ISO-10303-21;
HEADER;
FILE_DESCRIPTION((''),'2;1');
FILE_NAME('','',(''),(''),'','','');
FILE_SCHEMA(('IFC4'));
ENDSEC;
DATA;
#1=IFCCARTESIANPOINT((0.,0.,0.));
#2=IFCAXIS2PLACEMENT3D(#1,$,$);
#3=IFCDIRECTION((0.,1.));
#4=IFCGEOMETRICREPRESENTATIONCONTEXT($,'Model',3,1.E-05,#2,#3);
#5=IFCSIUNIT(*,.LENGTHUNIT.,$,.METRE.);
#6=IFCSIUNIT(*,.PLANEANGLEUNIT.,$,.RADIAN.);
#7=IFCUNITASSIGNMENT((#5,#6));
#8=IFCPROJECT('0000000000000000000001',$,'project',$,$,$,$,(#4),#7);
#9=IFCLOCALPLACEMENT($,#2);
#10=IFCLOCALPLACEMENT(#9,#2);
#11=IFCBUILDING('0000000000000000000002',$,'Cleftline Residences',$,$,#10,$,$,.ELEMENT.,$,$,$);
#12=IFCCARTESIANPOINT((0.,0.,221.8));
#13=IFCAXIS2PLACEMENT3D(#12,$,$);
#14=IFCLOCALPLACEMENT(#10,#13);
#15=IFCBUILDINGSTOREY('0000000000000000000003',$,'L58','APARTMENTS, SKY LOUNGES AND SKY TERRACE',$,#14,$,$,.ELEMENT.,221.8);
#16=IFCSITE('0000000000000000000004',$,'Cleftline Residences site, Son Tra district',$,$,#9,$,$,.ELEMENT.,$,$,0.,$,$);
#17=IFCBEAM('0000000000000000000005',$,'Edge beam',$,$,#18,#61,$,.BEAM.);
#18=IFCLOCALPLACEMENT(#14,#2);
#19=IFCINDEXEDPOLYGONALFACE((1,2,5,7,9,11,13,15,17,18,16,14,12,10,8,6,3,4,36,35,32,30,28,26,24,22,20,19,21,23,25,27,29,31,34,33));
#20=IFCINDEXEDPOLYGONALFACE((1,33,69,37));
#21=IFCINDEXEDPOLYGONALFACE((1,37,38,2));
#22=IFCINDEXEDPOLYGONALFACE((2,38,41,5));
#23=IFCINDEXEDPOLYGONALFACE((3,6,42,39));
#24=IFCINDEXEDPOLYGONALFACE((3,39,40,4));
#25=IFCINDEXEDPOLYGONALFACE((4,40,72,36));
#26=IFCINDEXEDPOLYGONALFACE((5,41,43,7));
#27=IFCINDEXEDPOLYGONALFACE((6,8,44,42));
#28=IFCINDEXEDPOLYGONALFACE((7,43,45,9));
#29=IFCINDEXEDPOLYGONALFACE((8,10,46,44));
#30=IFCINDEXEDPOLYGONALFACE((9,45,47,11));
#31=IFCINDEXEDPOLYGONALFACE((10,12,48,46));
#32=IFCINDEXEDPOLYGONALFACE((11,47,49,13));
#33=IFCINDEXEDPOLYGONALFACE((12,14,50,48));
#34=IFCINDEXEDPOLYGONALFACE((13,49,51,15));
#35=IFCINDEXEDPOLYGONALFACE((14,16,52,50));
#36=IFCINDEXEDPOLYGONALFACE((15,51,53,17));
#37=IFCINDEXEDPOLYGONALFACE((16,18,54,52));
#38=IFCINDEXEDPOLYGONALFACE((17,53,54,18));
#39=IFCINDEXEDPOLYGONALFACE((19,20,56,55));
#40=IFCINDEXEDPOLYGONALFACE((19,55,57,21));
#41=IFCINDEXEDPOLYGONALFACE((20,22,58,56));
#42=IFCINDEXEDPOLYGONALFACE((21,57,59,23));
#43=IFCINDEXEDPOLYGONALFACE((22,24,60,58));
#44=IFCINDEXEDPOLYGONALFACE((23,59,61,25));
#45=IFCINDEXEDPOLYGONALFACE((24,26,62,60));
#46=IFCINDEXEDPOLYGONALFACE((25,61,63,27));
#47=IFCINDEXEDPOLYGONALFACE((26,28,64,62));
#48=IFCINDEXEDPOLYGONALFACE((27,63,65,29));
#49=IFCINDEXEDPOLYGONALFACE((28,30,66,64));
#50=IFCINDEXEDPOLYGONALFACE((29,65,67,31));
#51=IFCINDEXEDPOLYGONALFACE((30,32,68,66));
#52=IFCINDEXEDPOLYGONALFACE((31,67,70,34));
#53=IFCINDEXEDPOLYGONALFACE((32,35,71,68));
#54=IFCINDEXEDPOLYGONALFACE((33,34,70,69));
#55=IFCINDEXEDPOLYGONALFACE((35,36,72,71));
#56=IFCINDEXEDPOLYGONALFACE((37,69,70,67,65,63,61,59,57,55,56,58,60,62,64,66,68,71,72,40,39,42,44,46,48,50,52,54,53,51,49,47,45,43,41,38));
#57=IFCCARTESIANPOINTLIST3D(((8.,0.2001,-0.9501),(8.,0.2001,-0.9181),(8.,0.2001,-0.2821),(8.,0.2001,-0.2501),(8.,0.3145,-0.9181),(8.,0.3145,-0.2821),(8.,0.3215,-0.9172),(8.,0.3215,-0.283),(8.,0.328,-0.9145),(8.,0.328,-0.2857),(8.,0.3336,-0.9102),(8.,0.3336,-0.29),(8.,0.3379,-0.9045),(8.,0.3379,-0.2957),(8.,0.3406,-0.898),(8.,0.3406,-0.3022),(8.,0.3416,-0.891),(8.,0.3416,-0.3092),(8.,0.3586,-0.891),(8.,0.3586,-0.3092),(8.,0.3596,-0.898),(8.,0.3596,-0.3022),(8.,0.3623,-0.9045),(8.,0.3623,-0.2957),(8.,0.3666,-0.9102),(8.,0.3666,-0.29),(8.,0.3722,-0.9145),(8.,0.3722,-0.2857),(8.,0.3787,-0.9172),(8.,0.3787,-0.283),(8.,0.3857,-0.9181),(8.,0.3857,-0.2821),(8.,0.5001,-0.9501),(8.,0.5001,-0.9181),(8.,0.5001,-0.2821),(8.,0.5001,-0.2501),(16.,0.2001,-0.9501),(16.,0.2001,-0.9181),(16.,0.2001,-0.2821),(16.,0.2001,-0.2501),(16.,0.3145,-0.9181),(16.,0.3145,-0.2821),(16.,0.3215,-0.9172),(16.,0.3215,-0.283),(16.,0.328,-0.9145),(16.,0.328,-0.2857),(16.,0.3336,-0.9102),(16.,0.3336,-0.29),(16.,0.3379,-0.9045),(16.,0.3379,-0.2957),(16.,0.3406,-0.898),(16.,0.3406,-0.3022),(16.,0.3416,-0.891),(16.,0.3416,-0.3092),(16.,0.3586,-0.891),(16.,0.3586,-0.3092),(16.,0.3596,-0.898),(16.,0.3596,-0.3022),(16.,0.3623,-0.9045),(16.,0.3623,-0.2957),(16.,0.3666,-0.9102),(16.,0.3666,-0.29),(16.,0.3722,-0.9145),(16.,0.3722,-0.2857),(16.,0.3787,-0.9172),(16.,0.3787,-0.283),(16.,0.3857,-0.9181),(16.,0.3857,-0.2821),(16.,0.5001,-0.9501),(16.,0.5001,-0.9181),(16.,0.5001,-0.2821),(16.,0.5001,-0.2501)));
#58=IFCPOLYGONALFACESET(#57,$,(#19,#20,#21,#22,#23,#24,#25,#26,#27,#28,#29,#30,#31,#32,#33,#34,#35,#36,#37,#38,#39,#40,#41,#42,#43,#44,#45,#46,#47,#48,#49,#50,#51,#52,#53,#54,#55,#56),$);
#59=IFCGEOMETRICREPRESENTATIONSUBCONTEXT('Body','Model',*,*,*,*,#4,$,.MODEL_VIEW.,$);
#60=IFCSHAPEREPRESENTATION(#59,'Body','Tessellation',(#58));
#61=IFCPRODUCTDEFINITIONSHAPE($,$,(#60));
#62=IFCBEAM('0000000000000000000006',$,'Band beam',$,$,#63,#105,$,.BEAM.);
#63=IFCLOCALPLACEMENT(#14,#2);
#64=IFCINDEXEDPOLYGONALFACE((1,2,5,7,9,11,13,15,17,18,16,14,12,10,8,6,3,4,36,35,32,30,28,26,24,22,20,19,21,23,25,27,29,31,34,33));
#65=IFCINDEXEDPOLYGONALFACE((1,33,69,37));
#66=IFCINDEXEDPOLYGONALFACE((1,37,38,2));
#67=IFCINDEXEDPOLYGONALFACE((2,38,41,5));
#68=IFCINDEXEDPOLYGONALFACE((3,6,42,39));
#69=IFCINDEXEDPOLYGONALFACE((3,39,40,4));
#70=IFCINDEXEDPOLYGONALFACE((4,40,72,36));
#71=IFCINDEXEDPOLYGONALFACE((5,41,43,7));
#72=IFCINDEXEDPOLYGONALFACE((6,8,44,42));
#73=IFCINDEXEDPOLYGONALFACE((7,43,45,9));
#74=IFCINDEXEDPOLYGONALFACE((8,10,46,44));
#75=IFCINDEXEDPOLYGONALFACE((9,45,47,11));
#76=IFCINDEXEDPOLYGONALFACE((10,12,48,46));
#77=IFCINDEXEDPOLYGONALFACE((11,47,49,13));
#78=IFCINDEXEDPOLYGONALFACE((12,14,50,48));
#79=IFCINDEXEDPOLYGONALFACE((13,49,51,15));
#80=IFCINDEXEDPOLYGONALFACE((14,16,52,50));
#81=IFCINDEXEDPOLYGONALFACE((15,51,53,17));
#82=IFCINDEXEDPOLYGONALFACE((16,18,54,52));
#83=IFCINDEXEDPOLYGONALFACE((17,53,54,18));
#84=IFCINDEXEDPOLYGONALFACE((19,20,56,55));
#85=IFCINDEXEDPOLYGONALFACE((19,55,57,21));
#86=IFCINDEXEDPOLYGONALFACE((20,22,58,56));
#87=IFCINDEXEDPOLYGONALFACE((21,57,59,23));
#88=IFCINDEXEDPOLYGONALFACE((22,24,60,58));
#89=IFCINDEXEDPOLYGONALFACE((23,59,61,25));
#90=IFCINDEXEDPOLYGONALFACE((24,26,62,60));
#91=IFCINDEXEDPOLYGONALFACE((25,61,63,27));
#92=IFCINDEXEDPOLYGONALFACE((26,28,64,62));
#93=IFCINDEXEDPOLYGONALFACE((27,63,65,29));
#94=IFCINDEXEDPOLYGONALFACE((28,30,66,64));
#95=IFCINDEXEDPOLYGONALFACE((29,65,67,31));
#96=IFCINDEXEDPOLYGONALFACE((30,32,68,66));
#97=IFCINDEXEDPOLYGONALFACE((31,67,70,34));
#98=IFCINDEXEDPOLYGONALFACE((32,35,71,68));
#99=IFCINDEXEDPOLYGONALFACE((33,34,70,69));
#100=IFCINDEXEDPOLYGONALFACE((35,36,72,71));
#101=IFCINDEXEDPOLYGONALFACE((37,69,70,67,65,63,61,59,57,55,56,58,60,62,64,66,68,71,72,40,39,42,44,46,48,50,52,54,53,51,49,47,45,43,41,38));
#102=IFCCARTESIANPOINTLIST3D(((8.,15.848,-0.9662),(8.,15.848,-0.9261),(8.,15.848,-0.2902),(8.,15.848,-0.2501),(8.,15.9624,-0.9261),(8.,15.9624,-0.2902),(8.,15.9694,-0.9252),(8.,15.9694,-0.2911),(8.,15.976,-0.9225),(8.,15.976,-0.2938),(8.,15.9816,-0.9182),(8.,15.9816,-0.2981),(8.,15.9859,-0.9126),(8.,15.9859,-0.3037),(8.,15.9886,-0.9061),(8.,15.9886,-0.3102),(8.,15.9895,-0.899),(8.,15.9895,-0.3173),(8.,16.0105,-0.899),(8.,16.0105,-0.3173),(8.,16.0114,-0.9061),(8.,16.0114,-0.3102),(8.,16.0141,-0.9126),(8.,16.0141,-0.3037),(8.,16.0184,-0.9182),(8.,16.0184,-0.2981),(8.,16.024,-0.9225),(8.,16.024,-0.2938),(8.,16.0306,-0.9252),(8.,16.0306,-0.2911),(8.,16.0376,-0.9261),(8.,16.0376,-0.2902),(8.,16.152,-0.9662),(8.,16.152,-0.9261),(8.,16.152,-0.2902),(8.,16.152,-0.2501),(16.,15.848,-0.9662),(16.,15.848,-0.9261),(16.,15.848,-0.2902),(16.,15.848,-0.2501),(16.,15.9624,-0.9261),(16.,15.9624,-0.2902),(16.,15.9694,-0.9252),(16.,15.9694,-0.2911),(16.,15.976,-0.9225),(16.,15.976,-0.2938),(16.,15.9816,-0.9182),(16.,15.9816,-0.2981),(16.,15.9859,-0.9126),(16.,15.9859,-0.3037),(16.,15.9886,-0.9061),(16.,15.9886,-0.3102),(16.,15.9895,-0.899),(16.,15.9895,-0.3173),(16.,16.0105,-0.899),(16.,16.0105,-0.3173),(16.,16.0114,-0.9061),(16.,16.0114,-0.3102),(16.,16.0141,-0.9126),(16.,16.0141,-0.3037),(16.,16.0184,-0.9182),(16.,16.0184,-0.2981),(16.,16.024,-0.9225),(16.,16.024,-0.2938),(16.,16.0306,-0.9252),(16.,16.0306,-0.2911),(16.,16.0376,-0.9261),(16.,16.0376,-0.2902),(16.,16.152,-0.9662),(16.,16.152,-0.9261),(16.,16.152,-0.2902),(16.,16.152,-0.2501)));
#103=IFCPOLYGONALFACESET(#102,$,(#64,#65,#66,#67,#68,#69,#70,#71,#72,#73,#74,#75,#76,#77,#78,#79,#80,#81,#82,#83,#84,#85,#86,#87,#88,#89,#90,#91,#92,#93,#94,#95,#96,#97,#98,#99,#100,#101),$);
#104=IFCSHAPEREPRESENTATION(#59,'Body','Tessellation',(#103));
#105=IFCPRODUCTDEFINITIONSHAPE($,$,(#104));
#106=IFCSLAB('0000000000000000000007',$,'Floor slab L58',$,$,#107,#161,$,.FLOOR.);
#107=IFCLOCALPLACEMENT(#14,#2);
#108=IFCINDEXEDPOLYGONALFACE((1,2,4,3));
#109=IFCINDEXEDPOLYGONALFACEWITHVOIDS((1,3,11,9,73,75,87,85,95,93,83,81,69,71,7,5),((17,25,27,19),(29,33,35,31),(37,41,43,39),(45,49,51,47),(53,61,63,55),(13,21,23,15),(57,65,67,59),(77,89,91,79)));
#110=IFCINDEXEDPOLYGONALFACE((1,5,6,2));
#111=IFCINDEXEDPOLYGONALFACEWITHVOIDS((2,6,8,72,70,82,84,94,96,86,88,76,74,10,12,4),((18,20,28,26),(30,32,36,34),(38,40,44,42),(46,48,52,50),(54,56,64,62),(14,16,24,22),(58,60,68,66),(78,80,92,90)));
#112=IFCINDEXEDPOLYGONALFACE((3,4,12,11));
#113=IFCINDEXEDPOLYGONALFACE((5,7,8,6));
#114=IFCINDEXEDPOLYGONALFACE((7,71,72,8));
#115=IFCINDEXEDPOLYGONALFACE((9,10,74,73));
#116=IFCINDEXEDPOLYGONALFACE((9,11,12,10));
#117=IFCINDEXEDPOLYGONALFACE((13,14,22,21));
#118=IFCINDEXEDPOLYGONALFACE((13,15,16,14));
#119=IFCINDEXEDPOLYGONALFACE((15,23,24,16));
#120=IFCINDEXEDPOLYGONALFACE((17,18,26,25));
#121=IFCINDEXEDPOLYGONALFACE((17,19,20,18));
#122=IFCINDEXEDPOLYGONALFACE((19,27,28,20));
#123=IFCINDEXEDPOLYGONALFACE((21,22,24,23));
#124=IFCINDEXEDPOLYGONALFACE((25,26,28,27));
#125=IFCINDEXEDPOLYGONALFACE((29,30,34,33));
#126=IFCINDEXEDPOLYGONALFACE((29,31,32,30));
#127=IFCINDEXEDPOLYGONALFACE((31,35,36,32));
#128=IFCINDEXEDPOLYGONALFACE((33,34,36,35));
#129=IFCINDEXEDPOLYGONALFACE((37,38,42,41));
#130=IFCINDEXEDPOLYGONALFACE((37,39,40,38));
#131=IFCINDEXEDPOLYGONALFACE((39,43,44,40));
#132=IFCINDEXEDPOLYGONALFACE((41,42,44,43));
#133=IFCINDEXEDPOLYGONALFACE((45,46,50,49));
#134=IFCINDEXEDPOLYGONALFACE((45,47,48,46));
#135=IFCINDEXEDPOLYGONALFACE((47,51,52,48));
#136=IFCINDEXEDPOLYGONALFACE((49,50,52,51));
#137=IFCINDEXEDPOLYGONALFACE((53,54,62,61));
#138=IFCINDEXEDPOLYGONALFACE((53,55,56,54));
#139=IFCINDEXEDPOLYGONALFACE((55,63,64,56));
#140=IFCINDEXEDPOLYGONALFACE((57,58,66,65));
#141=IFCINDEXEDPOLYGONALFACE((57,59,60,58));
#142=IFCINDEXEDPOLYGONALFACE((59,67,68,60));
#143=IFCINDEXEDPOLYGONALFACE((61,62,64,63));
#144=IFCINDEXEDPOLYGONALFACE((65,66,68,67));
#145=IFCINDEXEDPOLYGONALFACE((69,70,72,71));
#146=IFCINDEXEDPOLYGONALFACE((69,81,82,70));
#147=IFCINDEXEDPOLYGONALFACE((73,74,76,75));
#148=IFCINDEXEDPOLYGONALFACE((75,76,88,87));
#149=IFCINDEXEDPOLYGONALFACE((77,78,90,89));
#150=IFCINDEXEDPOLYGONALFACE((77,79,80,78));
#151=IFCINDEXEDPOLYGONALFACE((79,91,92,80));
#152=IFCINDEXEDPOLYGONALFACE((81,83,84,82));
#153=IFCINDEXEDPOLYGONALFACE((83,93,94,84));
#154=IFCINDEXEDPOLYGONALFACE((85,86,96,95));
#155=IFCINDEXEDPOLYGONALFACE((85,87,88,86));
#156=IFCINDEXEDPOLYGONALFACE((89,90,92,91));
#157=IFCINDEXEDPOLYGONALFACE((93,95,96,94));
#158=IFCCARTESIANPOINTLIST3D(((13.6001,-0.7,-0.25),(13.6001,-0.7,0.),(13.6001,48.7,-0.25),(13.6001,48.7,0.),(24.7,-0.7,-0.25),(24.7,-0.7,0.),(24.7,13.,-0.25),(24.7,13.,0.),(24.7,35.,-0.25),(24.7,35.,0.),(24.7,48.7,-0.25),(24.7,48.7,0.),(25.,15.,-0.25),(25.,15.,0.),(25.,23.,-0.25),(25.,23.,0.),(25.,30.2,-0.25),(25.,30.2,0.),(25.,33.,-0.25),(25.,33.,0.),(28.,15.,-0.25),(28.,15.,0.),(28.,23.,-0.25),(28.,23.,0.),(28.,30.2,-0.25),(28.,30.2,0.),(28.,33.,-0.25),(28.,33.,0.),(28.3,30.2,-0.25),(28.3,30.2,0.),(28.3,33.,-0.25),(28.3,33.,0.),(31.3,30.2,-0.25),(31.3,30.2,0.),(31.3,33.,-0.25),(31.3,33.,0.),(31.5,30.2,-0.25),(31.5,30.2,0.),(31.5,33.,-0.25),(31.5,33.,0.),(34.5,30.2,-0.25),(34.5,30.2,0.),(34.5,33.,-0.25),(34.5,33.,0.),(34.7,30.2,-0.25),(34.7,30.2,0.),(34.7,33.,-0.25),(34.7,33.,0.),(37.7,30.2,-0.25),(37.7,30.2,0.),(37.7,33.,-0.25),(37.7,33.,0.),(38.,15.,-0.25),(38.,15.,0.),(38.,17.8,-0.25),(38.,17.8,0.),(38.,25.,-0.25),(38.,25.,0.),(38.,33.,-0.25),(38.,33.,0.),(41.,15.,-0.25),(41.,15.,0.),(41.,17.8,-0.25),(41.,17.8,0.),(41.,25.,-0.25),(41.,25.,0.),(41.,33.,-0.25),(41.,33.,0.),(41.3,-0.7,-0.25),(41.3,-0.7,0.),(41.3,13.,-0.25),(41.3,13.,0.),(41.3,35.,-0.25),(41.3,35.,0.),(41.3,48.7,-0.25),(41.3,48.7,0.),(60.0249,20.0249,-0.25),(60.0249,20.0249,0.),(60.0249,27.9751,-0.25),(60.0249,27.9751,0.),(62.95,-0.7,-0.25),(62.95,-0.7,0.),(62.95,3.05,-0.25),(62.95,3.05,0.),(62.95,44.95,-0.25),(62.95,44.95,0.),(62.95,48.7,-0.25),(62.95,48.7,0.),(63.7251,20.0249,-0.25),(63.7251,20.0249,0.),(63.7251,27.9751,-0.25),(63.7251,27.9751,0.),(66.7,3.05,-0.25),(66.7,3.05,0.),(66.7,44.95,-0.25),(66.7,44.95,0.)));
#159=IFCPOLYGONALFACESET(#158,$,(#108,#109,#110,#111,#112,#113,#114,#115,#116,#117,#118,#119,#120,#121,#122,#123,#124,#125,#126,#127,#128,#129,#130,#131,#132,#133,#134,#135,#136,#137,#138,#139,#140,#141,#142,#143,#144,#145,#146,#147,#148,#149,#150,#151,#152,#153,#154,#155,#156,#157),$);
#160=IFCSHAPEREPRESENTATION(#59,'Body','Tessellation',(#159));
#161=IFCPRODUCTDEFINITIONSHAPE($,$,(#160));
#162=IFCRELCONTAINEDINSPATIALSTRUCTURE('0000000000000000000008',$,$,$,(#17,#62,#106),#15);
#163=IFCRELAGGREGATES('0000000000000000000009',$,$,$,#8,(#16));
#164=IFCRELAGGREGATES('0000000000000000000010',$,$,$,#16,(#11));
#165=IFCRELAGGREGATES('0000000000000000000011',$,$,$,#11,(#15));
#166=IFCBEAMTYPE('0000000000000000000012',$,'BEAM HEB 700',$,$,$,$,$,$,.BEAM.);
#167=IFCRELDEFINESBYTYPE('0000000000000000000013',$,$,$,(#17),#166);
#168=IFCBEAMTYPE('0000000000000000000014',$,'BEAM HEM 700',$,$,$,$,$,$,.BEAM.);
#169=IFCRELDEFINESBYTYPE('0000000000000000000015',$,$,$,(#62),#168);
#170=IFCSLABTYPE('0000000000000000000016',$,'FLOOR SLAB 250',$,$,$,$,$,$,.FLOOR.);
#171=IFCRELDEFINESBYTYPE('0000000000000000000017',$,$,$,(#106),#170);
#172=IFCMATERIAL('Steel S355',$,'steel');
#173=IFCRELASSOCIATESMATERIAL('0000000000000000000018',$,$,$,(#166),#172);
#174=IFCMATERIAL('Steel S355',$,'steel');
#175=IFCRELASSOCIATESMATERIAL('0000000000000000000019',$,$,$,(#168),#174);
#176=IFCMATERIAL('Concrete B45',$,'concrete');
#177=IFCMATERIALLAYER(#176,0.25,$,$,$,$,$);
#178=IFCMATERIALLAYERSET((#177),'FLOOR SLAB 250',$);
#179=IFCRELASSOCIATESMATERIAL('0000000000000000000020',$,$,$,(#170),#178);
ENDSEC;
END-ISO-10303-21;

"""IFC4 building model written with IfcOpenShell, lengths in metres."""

from ifc_helpers import new_model, si_unit, direction, frame, origin, origin_2d, place, context, subcontext, project, spatial, polyline, i_section, outline, extrude, material, layer, layer_set, material_profile, profile_set, type_object, element, save


model = new_model("IFC4")

# Units and contexts
model_context = context("Model", 3, precision=1e-05, world=origin(), true_north=direction((0.0, 1.0)))
body_context = subcontext(model_context, "Body", "Model", "MODEL_VIEW")
ifc_project = project(units=[si_unit("LENGTHUNIT", "METRE"), si_unit("PLANEANGLEUNIT", "RADIAN")], contexts=[model_context])

# Site, building, storey
site_placement = place(None, origin())
site = spatial("IfcSite", under=ifc_project, at=site_placement, Name="Cleftline Residences site, Son Tra district", CompositionType="ELEMENT", RefElevation=0.0)
building_placement = place(site_placement, origin())
building = spatial("IfcBuilding", under=site, at=building_placement, Name="Cleftline Residences", CompositionType="ELEMENT")
storey_placement = place(building_placement, frame((0.0, 0.0, 221.8)))
storey = spatial("IfcBuildingStorey", under=building, at=storey_placement, Name="L58", Description="APARTMENTS, SKY LOUNGES AND SKY TERRACE", CompositionType="ELEMENT", Elevation=221.8)

# Beams
ifc_material_1 = material(Name="Steel S355", Category="steel")
ifc_material_profile_1 = material_profile(ifc_material_1, i_section(OverallWidth=0.3, OverallDepth=0.7, WebThickness=0.0171, FlangeThickness=0.032, FilletRadius=0.0271, at=origin_2d()))
ifc_profile_set_1 = profile_set([ifc_material_profile_1], Name="Steel S355")
beam_type_1 = type_object("IfcBeamType", Name="BEAM HEB 700", PredefinedType="BEAM", material=ifc_profile_set_1)
beam_1_placement = place(storey_placement, frame((8.0, 0.3501, -0.6001), z_axis=(1.0, 0.0, 0.0), x_axis=(0.0, 1.0, 0.0)))
element("IfcBeam", 1, at=beam_1_placement, inside=storey, type_object=beam_type_1, Name="Edge beam", PredefinedType="BEAM", context=body_context, shape_type="SweptSolid", body=[
    extrude(i_section(OverallWidth=0.3, OverallDepth=0.7, WebThickness=0.0171, FlangeThickness=0.032, FilletRadius=0.0271, at=origin_2d()), origin(), (0.0, 0.0, 1.0), 8.0),
])
ifc_material_2 = material(Name="Steel S355", Category="steel")
ifc_material_profile_2 = material_profile(ifc_material_2, i_section(OverallWidth=0.304, OverallDepth=0.7161, WebThickness=0.021, FlangeThickness=0.04, FilletRadius=0.0271, at=origin_2d()))
ifc_profile_set_2 = profile_set([ifc_material_profile_2], Name="Steel S355")
beam_type_2 = type_object("IfcBeamType", Name="BEAM HEM 700", PredefinedType="BEAM", material=ifc_profile_set_2)
beam_2_placement = place(storey_placement, frame((8.0, 16.0, -0.6082), z_axis=(1.0, 0.0, 0.0), x_axis=(0.0, 1.0, 0.0)))
element("IfcBeam", 2, at=beam_2_placement, inside=storey, type_object=beam_type_2, Name="Band beam", PredefinedType="BEAM", context=body_context, shape_type="SweptSolid", body=[
    extrude(i_section(OverallWidth=0.304, OverallDepth=0.7161, WebThickness=0.021, FlangeThickness=0.04, FilletRadius=0.0271, at=origin_2d()), origin(), (0.0, 0.0, 1.0), 8.0),
])

# Slab
ifc_material_3 = material(Name="Concrete B45", Category="concrete")
ifc_layer_1 = layer(ifc_material_3, 0.25)
ifc_layer_set_1 = layer_set([ifc_layer_1], Name="FLOOR SLAB 250")
slab_type_1 = type_object("IfcSlabType", Name="FLOOR SLAB 250", PredefinedType="FLOOR", material=ifc_layer_set_1)
slab_1_placement = place(storey_placement, frame((0.0, 0.0, -0.25)))
element("IfcSlab", 3, at=slab_1_placement, inside=storey, type_object=slab_type_1, Name="Floor slab L58", PredefinedType="FLOOR", context=body_context, shape_type="SweptSolid", body=[
    extrude(outline(polyline([(24.7, 13.0), (41.3, 13.0), (41.3, -0.7), (62.95, -0.7), (62.95, 3.05), (66.7, 3.05), (66.7, 44.95), (62.95, 44.95), (62.95, 48.7), (41.3, 48.7), (41.3, 35.0), (24.7, 35.0), (24.7, 48.7), (13.6001, 48.7), (13.6001, -0.7), (24.7, -0.7), (24.7, 13.0)]), holes=[polyline([(28.0, 15.0), (28.0, 23.0), (25.0, 23.0), (25.0, 15.0), (28.0, 15.0)]), polyline([(41.0, 25.0), (41.0, 33.0), (38.0, 33.0), (38.0, 25.0), (41.0, 25.0)]), polyline([(28.0, 30.2), (28.0, 33.0), (25.0, 33.0), (25.0, 30.2), (28.0, 30.2)]), polyline([(41.0, 15.0), (41.0, 17.8), (38.0, 17.8), (38.0, 15.0), (41.0, 15.0)]), polyline([(31.3, 30.2), (31.3, 33.0), (28.3, 33.0), (28.3, 30.2), (31.3, 30.2)]), polyline([(34.5, 30.2), (34.5, 33.0), (31.5, 33.0), (31.5, 30.2), (34.5, 30.2)]), polyline([(37.7, 30.2), (37.7, 33.0), (34.7, 33.0), (34.7, 30.2), (37.7, 30.2)]), polyline([(63.7251, 20.0249), (63.7251, 27.9751), (60.0249, 27.9751), (60.0249, 20.0249), (63.7251, 20.0249)])]), origin(), (0.0, 0.0, 1.0), 0.25),
])

save(model, "model.ifc")
